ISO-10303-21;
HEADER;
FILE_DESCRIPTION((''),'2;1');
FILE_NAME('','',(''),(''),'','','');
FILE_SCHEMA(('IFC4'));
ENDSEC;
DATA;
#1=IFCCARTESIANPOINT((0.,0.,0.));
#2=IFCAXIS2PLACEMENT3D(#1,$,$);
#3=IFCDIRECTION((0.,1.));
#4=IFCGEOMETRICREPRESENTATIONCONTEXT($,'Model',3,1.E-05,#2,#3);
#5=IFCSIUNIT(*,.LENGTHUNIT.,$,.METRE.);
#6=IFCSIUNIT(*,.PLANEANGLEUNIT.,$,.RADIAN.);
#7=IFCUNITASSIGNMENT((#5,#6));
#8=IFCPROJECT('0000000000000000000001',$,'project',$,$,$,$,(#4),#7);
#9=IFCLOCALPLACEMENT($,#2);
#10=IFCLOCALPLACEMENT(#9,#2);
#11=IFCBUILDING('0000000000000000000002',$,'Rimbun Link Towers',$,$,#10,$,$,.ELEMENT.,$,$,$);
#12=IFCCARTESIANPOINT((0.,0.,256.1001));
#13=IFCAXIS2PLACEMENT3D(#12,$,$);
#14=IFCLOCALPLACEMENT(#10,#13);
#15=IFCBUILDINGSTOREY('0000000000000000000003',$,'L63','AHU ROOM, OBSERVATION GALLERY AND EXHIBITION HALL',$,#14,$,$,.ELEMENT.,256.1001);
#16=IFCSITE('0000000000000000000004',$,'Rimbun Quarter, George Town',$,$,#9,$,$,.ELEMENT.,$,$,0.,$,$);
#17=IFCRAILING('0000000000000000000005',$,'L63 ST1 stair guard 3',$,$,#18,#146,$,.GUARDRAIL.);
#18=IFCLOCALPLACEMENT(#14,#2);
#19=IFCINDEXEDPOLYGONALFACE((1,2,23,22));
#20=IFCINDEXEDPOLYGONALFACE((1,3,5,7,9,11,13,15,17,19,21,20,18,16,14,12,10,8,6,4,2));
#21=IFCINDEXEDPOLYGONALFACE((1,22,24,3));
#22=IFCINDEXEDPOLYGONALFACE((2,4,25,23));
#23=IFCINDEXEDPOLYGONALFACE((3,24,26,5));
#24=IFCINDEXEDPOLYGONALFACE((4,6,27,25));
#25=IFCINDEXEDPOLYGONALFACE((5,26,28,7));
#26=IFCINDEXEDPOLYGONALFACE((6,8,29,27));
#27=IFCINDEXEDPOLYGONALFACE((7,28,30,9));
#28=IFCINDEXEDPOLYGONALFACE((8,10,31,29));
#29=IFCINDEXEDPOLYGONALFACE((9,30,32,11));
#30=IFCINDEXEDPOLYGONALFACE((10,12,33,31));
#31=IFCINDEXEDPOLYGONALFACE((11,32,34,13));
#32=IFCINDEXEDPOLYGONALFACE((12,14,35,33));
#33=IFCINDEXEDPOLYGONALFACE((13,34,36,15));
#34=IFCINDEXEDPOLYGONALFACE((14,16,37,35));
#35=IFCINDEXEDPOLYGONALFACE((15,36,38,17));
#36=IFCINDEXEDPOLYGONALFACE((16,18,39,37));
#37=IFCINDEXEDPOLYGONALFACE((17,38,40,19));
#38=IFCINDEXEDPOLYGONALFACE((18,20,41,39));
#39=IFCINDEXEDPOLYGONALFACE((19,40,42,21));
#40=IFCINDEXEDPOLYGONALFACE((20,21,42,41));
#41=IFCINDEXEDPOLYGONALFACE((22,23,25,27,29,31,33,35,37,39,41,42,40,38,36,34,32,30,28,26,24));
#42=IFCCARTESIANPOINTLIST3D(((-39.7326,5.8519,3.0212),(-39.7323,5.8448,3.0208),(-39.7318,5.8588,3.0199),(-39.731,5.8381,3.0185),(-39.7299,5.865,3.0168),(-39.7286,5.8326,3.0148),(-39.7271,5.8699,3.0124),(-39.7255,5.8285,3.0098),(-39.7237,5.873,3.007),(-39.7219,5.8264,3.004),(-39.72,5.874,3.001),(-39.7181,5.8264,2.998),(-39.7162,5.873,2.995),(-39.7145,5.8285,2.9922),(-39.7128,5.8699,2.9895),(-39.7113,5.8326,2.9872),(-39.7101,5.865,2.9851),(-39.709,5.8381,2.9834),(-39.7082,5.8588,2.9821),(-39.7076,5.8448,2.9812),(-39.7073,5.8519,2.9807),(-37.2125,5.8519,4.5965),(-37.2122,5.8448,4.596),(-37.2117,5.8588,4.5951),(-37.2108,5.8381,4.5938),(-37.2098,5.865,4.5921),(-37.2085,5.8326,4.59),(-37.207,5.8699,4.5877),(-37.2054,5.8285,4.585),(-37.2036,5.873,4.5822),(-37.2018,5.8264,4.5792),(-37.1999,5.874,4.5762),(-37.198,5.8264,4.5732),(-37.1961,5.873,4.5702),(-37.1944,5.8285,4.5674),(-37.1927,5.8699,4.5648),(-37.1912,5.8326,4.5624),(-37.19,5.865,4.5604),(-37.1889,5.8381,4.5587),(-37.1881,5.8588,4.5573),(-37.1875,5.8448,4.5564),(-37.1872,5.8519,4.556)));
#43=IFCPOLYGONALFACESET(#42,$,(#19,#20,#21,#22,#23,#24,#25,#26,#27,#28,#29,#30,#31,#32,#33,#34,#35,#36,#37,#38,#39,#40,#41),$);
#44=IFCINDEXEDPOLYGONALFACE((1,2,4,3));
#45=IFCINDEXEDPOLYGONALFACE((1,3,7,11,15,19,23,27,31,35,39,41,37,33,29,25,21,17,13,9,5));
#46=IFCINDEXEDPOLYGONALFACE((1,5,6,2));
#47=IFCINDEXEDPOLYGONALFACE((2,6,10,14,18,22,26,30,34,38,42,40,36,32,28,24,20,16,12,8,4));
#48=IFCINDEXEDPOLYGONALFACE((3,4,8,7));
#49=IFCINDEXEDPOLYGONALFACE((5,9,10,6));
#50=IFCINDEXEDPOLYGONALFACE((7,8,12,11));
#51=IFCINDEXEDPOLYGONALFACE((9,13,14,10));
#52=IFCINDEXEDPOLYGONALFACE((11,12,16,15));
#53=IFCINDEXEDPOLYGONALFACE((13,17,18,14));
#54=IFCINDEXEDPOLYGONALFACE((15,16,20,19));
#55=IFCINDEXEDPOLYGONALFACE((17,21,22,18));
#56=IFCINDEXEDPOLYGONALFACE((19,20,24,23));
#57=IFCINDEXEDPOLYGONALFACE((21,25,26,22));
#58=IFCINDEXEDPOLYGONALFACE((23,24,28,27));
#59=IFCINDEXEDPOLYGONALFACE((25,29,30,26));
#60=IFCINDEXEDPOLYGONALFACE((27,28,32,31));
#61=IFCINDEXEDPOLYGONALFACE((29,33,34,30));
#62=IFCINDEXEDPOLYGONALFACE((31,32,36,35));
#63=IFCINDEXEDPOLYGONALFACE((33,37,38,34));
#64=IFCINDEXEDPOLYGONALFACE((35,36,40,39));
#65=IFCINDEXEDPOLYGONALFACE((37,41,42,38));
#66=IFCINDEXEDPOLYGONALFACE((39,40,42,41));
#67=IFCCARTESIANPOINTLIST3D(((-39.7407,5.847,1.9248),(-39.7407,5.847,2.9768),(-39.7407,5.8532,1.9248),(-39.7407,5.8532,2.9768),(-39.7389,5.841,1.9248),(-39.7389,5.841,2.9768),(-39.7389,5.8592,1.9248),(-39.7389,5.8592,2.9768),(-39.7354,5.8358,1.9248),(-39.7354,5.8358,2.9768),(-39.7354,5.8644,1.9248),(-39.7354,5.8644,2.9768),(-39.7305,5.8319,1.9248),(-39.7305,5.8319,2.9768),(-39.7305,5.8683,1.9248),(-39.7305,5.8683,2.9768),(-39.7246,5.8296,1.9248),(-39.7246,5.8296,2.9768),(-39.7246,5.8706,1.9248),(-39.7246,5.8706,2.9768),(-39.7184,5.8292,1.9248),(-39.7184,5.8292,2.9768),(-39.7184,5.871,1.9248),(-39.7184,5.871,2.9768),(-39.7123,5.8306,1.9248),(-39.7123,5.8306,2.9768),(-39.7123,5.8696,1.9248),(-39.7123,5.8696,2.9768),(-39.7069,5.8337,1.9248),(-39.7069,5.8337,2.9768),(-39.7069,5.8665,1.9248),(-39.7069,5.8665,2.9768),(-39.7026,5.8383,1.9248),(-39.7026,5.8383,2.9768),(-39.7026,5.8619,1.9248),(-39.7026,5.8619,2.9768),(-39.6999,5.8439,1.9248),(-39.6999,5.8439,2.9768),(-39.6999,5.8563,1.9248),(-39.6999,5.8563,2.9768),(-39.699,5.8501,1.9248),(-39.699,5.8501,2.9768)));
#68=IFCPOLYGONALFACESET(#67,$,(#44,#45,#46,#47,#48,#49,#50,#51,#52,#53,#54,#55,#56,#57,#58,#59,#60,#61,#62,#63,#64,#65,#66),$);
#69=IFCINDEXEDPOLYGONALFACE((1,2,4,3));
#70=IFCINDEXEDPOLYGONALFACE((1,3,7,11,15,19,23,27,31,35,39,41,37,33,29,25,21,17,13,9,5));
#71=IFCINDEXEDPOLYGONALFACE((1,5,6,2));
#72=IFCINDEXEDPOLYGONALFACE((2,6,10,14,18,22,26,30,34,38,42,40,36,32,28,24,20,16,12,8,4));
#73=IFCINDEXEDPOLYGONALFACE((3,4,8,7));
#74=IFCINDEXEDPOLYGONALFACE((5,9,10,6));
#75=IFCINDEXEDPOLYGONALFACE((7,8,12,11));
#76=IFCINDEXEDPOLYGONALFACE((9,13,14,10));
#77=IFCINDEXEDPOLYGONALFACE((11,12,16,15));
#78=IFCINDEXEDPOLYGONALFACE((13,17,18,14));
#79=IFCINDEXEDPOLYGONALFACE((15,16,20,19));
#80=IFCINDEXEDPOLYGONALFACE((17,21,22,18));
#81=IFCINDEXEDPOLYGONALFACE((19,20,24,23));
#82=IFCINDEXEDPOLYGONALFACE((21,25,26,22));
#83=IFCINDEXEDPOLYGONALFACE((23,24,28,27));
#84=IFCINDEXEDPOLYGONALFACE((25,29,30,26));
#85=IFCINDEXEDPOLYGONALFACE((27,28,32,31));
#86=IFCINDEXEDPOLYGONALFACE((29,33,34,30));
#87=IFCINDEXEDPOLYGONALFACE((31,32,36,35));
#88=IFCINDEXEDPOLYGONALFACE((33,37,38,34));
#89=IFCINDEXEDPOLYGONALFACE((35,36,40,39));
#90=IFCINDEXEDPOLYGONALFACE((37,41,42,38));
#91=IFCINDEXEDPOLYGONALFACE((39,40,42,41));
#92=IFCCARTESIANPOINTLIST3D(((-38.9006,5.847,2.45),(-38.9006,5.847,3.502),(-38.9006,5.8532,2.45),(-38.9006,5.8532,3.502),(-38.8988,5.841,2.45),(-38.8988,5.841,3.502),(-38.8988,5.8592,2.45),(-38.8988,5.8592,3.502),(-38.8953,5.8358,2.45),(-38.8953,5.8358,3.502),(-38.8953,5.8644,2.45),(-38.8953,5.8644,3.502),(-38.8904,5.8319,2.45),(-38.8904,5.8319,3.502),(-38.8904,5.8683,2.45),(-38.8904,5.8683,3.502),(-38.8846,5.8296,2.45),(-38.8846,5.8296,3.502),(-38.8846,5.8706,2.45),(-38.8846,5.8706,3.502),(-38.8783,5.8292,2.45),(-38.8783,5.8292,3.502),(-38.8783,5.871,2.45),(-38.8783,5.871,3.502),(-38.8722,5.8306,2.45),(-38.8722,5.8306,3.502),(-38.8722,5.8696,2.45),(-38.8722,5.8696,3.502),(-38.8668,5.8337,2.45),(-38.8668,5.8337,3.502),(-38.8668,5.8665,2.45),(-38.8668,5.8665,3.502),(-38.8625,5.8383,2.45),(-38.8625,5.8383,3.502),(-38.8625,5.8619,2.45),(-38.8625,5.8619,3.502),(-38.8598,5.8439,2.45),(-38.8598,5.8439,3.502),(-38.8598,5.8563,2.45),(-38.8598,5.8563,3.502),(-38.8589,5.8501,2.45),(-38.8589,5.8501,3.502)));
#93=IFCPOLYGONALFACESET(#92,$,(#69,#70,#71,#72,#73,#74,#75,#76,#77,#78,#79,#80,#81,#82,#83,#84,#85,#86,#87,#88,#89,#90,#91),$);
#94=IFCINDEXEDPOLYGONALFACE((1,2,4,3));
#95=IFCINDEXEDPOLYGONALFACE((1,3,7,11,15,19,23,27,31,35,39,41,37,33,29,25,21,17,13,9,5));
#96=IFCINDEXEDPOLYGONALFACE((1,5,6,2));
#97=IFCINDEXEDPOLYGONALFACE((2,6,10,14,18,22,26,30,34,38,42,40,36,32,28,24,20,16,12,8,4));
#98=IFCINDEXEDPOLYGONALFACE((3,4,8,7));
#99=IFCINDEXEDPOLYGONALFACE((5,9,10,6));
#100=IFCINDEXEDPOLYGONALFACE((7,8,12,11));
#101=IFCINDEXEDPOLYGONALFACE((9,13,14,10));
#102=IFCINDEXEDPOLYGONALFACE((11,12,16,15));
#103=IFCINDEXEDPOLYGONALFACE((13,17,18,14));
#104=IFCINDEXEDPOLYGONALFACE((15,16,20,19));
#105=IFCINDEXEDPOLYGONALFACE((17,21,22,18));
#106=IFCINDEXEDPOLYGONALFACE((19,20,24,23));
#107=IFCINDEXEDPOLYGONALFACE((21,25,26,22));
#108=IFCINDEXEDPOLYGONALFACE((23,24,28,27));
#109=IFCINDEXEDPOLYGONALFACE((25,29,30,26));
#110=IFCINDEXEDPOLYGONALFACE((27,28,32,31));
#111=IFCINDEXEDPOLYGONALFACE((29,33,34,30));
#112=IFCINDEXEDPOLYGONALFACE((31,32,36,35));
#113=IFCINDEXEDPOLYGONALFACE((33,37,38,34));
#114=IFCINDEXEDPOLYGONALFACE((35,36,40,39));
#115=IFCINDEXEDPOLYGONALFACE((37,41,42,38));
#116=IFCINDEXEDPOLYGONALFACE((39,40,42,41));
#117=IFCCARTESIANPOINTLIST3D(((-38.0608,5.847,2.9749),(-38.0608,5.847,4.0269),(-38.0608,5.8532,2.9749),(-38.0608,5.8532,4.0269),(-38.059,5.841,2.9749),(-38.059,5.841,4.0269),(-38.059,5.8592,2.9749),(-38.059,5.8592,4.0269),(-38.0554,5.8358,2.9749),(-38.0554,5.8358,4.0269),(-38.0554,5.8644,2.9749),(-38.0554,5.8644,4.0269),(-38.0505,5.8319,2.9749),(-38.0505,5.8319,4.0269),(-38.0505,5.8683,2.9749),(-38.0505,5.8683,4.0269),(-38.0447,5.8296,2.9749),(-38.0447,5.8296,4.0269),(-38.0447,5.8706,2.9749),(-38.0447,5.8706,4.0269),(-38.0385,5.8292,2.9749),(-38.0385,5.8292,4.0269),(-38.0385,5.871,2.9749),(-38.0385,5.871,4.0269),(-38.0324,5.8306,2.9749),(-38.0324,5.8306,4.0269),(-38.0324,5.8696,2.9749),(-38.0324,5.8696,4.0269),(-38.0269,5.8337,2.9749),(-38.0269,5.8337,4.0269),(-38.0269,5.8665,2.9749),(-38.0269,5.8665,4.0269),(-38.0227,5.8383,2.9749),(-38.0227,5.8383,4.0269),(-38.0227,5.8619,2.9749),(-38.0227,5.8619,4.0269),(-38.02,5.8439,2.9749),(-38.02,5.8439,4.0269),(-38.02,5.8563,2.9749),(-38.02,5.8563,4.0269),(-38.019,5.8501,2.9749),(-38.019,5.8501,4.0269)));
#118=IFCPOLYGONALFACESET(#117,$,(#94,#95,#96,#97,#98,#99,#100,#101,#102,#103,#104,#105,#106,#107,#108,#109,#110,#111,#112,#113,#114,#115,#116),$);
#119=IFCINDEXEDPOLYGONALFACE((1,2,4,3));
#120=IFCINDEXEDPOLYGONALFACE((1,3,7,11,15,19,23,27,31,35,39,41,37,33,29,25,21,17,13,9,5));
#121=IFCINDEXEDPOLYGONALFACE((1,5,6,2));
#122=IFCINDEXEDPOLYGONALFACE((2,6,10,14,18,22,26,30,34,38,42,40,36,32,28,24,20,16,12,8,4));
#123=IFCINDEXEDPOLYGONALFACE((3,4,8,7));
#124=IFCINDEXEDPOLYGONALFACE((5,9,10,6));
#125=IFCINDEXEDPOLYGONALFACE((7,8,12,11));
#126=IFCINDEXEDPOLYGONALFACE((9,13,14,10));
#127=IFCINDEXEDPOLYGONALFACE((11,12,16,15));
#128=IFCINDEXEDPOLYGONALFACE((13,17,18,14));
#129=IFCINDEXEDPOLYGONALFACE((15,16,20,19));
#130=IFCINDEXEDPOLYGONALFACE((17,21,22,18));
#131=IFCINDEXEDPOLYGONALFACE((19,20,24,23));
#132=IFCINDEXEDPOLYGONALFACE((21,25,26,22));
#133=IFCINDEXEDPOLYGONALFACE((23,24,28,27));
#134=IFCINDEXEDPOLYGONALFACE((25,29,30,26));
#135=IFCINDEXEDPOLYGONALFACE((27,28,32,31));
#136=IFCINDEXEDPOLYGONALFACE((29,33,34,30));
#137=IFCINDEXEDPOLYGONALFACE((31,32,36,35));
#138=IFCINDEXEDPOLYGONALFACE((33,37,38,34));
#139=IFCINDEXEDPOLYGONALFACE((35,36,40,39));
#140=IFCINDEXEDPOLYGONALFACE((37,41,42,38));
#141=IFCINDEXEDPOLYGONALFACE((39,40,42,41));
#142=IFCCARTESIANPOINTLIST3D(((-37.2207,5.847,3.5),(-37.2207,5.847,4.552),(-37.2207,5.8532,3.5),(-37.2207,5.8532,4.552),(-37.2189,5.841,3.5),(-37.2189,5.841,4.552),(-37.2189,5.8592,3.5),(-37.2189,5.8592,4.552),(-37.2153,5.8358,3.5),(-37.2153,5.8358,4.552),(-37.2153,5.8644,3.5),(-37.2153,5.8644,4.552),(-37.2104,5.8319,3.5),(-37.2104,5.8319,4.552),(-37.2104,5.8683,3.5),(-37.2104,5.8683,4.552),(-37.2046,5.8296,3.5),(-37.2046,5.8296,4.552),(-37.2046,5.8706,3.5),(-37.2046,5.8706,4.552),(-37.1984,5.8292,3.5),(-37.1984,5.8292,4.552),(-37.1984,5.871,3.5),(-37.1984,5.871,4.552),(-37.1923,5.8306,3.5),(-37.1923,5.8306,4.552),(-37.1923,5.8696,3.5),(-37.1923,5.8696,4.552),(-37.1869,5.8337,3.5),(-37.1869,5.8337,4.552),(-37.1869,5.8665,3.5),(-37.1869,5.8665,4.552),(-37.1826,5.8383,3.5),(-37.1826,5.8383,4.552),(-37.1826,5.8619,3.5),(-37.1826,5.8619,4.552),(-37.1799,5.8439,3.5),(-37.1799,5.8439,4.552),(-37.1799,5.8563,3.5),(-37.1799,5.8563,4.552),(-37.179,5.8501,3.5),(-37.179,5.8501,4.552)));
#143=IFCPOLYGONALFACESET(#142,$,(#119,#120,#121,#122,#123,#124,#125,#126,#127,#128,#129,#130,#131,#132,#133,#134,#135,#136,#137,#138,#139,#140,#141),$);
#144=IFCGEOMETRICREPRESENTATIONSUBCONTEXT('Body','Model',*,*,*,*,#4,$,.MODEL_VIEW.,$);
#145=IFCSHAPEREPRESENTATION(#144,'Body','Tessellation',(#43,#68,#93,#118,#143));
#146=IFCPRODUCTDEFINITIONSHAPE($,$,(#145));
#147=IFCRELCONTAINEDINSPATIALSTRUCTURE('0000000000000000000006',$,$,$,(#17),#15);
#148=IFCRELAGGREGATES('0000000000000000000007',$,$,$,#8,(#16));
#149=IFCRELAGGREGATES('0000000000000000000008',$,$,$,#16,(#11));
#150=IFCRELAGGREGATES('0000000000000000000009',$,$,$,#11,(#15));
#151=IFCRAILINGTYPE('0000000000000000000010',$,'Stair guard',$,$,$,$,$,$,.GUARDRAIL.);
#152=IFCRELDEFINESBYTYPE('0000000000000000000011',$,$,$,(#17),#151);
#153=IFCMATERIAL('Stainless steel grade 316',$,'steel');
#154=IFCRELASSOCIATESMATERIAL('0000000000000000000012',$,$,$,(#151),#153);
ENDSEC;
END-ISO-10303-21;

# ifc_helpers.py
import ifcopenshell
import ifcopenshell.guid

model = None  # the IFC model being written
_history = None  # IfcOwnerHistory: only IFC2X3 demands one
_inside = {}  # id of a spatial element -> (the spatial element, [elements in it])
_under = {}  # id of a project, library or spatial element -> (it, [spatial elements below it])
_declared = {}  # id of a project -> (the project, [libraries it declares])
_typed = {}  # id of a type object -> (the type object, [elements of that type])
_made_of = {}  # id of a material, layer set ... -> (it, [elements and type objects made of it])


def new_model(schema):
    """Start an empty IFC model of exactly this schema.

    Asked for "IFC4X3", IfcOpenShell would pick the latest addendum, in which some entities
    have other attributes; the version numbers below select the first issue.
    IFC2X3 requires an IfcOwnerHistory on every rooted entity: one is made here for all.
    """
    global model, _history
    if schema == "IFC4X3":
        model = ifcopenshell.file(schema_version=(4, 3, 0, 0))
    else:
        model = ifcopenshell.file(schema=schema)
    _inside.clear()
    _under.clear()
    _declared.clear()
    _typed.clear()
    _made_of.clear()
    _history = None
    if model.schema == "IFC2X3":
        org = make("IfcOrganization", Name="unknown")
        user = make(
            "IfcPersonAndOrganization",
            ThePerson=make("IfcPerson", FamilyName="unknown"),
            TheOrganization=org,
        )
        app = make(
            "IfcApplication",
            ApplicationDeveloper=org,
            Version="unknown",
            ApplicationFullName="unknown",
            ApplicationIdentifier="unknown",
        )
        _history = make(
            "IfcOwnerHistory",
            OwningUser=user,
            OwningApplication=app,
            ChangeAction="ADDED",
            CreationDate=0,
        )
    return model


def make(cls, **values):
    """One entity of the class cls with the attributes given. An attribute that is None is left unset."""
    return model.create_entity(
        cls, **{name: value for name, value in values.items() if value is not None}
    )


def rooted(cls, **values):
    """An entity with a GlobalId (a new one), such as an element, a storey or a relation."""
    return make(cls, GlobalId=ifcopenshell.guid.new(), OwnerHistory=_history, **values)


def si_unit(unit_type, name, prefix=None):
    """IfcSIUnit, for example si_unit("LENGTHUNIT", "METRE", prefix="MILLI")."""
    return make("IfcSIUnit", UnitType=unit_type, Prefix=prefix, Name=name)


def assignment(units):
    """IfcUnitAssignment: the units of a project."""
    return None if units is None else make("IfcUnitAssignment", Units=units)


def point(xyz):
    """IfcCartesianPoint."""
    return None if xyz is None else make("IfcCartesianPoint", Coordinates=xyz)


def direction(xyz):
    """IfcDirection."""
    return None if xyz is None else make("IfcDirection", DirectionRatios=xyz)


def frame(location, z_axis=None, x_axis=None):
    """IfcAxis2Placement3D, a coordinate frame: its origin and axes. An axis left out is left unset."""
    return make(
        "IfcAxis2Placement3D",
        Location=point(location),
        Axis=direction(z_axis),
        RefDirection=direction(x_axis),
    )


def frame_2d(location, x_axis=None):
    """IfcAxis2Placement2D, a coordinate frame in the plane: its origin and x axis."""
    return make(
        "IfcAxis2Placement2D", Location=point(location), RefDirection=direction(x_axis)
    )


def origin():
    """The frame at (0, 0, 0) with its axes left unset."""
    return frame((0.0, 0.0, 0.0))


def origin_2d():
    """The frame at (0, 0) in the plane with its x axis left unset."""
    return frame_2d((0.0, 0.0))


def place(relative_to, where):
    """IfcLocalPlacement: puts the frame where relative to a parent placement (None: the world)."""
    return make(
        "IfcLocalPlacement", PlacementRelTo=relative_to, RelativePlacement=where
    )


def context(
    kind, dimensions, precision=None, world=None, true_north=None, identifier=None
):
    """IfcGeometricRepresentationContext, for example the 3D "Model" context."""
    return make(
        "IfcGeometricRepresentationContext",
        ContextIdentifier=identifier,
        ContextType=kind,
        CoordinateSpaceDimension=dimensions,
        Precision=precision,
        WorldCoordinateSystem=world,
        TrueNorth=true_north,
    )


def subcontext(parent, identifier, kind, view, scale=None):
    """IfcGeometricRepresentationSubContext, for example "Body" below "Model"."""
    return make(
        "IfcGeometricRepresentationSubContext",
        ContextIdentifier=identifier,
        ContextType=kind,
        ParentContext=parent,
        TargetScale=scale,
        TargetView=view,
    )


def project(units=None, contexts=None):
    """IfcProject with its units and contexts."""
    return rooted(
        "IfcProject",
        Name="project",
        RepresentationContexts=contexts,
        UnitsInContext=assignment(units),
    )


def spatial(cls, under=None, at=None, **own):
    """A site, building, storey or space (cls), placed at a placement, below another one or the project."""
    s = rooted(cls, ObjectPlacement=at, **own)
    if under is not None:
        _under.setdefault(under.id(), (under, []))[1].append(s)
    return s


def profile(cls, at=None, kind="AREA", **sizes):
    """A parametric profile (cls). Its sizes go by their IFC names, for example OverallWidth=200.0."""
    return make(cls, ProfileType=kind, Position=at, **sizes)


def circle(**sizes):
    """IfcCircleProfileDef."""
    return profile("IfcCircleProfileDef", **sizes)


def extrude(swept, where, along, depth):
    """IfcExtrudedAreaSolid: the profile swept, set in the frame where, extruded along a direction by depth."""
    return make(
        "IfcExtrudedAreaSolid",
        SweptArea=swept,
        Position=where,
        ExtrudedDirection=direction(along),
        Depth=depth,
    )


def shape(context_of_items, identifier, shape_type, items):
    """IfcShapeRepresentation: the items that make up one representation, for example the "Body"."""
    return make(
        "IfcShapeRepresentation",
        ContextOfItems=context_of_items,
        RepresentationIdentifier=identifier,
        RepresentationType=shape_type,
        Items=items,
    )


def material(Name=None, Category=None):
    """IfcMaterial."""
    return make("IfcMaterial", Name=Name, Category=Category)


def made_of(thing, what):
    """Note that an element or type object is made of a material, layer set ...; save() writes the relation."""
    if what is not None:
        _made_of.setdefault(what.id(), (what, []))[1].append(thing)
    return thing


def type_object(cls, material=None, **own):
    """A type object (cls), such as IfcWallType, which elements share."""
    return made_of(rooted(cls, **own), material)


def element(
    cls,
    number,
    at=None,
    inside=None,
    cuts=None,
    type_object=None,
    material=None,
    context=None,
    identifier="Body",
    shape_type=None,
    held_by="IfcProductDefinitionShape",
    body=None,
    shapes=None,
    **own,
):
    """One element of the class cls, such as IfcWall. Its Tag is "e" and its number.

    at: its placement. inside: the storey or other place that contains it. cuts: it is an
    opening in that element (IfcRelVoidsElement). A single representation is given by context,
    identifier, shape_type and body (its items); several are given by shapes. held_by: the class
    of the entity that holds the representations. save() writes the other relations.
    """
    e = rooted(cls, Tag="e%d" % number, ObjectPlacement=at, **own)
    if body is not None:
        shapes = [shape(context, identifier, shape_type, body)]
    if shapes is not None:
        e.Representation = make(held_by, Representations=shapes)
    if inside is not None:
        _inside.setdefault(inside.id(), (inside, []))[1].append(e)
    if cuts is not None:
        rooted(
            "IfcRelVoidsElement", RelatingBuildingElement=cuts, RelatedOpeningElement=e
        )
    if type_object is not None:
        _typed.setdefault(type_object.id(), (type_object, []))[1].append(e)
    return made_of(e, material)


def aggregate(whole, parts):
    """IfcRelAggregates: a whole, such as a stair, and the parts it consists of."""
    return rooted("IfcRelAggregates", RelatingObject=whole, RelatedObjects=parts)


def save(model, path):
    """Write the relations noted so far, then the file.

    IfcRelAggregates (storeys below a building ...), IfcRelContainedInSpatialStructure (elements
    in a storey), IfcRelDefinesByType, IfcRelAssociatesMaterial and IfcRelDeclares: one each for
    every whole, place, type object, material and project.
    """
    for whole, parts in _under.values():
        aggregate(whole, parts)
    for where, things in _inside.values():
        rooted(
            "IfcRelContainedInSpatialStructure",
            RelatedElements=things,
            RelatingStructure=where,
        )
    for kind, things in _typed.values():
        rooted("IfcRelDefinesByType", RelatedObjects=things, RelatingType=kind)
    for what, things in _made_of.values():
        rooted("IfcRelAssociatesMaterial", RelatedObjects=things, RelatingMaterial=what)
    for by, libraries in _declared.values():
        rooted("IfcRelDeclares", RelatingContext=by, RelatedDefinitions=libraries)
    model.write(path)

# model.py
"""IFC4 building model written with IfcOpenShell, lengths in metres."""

from ifc_helpers import new_model, si_unit, direction, frame, origin, origin_2d, place, context, subcontext, project, spatial, circle, extrude, material, type_object, element, save


model = new_model("IFC4")

# Units and contexts
model_context = context("Model", 3, precision=1e-05, world=origin(), true_north=direction((0.0, 1.0)))
body_context = subcontext(model_context, "Body", "Model", "MODEL_VIEW")
ifc_project = project(units=[si_unit("LENGTHUNIT", "METRE"), si_unit("PLANEANGLEUNIT", "RADIAN")], contexts=[model_context])

# Site, building, storey
site_placement = place(None, origin())
site = spatial("IfcSite", under=ifc_project, at=site_placement, Name="Rimbun Quarter, George Town", CompositionType="ELEMENT", RefElevation=0.0)
building_placement = place(site_placement, origin())
building = spatial("IfcBuilding", under=site, at=building_placement, Name="Rimbun Link Towers", CompositionType="ELEMENT")
storey_placement = place(building_placement, frame((0.0, 0.0, 256.1001)))
storey = spatial("IfcBuildingStorey", under=building, at=storey_placement, Name="L63", Description="AHU ROOM, OBSERVATION GALLERY AND EXHIBITION HALL", CompositionType="ELEMENT", Elevation=256.1001)

# Railing
ifc_material_1 = material(Name="Stainless steel grade 316", Category="steel")
railing_type_1 = type_object("IfcRailingType", Name="Stair guard", PredefinedType="GUARDRAIL", material=ifc_material_1)
railing_1_placement = place(storey_placement, frame((-39.72, 5.8501, 1.9248)))
element("IfcRailing", 1, at=railing_1_placement, inside=storey, type_object=railing_type_1, Name="L63 ST1 stair guard 3", PredefinedType="GUARDRAIL", context=body_context, shape_type="SweptSolid", body=[
    extrude(circle(Radius=0.0239, at=origin_2d()), frame((0.0, 0.0, 1.0762), z_axis=(0.847971, 0.0, 0.530043), x_axis=(0.0, 1.0, 0.0)), (0.0, 0.0, 1.0), 2.9719),
    extrude(circle(Radius=0.021, at=origin_2d()), origin(), (0.0, 0.0, 1.0), 1.052),
    extrude(circle(Radius=0.021, at=origin_2d()), frame((0.8401, 0.0, 0.5251)), (0.0, 0.0, 1.0), 1.052),
    extrude(circle(Radius=0.021, at=origin_2d()), frame((1.6799, 0.0, 1.05)), (0.0, 0.0, 1.0), 1.052),
    extrude(circle(Radius=0.021, at=origin_2d()), frame((2.52, 0.0, 1.5752)), (0.0, 0.0, 1.0), 1.052),
])

save(model, "model.ifc")
